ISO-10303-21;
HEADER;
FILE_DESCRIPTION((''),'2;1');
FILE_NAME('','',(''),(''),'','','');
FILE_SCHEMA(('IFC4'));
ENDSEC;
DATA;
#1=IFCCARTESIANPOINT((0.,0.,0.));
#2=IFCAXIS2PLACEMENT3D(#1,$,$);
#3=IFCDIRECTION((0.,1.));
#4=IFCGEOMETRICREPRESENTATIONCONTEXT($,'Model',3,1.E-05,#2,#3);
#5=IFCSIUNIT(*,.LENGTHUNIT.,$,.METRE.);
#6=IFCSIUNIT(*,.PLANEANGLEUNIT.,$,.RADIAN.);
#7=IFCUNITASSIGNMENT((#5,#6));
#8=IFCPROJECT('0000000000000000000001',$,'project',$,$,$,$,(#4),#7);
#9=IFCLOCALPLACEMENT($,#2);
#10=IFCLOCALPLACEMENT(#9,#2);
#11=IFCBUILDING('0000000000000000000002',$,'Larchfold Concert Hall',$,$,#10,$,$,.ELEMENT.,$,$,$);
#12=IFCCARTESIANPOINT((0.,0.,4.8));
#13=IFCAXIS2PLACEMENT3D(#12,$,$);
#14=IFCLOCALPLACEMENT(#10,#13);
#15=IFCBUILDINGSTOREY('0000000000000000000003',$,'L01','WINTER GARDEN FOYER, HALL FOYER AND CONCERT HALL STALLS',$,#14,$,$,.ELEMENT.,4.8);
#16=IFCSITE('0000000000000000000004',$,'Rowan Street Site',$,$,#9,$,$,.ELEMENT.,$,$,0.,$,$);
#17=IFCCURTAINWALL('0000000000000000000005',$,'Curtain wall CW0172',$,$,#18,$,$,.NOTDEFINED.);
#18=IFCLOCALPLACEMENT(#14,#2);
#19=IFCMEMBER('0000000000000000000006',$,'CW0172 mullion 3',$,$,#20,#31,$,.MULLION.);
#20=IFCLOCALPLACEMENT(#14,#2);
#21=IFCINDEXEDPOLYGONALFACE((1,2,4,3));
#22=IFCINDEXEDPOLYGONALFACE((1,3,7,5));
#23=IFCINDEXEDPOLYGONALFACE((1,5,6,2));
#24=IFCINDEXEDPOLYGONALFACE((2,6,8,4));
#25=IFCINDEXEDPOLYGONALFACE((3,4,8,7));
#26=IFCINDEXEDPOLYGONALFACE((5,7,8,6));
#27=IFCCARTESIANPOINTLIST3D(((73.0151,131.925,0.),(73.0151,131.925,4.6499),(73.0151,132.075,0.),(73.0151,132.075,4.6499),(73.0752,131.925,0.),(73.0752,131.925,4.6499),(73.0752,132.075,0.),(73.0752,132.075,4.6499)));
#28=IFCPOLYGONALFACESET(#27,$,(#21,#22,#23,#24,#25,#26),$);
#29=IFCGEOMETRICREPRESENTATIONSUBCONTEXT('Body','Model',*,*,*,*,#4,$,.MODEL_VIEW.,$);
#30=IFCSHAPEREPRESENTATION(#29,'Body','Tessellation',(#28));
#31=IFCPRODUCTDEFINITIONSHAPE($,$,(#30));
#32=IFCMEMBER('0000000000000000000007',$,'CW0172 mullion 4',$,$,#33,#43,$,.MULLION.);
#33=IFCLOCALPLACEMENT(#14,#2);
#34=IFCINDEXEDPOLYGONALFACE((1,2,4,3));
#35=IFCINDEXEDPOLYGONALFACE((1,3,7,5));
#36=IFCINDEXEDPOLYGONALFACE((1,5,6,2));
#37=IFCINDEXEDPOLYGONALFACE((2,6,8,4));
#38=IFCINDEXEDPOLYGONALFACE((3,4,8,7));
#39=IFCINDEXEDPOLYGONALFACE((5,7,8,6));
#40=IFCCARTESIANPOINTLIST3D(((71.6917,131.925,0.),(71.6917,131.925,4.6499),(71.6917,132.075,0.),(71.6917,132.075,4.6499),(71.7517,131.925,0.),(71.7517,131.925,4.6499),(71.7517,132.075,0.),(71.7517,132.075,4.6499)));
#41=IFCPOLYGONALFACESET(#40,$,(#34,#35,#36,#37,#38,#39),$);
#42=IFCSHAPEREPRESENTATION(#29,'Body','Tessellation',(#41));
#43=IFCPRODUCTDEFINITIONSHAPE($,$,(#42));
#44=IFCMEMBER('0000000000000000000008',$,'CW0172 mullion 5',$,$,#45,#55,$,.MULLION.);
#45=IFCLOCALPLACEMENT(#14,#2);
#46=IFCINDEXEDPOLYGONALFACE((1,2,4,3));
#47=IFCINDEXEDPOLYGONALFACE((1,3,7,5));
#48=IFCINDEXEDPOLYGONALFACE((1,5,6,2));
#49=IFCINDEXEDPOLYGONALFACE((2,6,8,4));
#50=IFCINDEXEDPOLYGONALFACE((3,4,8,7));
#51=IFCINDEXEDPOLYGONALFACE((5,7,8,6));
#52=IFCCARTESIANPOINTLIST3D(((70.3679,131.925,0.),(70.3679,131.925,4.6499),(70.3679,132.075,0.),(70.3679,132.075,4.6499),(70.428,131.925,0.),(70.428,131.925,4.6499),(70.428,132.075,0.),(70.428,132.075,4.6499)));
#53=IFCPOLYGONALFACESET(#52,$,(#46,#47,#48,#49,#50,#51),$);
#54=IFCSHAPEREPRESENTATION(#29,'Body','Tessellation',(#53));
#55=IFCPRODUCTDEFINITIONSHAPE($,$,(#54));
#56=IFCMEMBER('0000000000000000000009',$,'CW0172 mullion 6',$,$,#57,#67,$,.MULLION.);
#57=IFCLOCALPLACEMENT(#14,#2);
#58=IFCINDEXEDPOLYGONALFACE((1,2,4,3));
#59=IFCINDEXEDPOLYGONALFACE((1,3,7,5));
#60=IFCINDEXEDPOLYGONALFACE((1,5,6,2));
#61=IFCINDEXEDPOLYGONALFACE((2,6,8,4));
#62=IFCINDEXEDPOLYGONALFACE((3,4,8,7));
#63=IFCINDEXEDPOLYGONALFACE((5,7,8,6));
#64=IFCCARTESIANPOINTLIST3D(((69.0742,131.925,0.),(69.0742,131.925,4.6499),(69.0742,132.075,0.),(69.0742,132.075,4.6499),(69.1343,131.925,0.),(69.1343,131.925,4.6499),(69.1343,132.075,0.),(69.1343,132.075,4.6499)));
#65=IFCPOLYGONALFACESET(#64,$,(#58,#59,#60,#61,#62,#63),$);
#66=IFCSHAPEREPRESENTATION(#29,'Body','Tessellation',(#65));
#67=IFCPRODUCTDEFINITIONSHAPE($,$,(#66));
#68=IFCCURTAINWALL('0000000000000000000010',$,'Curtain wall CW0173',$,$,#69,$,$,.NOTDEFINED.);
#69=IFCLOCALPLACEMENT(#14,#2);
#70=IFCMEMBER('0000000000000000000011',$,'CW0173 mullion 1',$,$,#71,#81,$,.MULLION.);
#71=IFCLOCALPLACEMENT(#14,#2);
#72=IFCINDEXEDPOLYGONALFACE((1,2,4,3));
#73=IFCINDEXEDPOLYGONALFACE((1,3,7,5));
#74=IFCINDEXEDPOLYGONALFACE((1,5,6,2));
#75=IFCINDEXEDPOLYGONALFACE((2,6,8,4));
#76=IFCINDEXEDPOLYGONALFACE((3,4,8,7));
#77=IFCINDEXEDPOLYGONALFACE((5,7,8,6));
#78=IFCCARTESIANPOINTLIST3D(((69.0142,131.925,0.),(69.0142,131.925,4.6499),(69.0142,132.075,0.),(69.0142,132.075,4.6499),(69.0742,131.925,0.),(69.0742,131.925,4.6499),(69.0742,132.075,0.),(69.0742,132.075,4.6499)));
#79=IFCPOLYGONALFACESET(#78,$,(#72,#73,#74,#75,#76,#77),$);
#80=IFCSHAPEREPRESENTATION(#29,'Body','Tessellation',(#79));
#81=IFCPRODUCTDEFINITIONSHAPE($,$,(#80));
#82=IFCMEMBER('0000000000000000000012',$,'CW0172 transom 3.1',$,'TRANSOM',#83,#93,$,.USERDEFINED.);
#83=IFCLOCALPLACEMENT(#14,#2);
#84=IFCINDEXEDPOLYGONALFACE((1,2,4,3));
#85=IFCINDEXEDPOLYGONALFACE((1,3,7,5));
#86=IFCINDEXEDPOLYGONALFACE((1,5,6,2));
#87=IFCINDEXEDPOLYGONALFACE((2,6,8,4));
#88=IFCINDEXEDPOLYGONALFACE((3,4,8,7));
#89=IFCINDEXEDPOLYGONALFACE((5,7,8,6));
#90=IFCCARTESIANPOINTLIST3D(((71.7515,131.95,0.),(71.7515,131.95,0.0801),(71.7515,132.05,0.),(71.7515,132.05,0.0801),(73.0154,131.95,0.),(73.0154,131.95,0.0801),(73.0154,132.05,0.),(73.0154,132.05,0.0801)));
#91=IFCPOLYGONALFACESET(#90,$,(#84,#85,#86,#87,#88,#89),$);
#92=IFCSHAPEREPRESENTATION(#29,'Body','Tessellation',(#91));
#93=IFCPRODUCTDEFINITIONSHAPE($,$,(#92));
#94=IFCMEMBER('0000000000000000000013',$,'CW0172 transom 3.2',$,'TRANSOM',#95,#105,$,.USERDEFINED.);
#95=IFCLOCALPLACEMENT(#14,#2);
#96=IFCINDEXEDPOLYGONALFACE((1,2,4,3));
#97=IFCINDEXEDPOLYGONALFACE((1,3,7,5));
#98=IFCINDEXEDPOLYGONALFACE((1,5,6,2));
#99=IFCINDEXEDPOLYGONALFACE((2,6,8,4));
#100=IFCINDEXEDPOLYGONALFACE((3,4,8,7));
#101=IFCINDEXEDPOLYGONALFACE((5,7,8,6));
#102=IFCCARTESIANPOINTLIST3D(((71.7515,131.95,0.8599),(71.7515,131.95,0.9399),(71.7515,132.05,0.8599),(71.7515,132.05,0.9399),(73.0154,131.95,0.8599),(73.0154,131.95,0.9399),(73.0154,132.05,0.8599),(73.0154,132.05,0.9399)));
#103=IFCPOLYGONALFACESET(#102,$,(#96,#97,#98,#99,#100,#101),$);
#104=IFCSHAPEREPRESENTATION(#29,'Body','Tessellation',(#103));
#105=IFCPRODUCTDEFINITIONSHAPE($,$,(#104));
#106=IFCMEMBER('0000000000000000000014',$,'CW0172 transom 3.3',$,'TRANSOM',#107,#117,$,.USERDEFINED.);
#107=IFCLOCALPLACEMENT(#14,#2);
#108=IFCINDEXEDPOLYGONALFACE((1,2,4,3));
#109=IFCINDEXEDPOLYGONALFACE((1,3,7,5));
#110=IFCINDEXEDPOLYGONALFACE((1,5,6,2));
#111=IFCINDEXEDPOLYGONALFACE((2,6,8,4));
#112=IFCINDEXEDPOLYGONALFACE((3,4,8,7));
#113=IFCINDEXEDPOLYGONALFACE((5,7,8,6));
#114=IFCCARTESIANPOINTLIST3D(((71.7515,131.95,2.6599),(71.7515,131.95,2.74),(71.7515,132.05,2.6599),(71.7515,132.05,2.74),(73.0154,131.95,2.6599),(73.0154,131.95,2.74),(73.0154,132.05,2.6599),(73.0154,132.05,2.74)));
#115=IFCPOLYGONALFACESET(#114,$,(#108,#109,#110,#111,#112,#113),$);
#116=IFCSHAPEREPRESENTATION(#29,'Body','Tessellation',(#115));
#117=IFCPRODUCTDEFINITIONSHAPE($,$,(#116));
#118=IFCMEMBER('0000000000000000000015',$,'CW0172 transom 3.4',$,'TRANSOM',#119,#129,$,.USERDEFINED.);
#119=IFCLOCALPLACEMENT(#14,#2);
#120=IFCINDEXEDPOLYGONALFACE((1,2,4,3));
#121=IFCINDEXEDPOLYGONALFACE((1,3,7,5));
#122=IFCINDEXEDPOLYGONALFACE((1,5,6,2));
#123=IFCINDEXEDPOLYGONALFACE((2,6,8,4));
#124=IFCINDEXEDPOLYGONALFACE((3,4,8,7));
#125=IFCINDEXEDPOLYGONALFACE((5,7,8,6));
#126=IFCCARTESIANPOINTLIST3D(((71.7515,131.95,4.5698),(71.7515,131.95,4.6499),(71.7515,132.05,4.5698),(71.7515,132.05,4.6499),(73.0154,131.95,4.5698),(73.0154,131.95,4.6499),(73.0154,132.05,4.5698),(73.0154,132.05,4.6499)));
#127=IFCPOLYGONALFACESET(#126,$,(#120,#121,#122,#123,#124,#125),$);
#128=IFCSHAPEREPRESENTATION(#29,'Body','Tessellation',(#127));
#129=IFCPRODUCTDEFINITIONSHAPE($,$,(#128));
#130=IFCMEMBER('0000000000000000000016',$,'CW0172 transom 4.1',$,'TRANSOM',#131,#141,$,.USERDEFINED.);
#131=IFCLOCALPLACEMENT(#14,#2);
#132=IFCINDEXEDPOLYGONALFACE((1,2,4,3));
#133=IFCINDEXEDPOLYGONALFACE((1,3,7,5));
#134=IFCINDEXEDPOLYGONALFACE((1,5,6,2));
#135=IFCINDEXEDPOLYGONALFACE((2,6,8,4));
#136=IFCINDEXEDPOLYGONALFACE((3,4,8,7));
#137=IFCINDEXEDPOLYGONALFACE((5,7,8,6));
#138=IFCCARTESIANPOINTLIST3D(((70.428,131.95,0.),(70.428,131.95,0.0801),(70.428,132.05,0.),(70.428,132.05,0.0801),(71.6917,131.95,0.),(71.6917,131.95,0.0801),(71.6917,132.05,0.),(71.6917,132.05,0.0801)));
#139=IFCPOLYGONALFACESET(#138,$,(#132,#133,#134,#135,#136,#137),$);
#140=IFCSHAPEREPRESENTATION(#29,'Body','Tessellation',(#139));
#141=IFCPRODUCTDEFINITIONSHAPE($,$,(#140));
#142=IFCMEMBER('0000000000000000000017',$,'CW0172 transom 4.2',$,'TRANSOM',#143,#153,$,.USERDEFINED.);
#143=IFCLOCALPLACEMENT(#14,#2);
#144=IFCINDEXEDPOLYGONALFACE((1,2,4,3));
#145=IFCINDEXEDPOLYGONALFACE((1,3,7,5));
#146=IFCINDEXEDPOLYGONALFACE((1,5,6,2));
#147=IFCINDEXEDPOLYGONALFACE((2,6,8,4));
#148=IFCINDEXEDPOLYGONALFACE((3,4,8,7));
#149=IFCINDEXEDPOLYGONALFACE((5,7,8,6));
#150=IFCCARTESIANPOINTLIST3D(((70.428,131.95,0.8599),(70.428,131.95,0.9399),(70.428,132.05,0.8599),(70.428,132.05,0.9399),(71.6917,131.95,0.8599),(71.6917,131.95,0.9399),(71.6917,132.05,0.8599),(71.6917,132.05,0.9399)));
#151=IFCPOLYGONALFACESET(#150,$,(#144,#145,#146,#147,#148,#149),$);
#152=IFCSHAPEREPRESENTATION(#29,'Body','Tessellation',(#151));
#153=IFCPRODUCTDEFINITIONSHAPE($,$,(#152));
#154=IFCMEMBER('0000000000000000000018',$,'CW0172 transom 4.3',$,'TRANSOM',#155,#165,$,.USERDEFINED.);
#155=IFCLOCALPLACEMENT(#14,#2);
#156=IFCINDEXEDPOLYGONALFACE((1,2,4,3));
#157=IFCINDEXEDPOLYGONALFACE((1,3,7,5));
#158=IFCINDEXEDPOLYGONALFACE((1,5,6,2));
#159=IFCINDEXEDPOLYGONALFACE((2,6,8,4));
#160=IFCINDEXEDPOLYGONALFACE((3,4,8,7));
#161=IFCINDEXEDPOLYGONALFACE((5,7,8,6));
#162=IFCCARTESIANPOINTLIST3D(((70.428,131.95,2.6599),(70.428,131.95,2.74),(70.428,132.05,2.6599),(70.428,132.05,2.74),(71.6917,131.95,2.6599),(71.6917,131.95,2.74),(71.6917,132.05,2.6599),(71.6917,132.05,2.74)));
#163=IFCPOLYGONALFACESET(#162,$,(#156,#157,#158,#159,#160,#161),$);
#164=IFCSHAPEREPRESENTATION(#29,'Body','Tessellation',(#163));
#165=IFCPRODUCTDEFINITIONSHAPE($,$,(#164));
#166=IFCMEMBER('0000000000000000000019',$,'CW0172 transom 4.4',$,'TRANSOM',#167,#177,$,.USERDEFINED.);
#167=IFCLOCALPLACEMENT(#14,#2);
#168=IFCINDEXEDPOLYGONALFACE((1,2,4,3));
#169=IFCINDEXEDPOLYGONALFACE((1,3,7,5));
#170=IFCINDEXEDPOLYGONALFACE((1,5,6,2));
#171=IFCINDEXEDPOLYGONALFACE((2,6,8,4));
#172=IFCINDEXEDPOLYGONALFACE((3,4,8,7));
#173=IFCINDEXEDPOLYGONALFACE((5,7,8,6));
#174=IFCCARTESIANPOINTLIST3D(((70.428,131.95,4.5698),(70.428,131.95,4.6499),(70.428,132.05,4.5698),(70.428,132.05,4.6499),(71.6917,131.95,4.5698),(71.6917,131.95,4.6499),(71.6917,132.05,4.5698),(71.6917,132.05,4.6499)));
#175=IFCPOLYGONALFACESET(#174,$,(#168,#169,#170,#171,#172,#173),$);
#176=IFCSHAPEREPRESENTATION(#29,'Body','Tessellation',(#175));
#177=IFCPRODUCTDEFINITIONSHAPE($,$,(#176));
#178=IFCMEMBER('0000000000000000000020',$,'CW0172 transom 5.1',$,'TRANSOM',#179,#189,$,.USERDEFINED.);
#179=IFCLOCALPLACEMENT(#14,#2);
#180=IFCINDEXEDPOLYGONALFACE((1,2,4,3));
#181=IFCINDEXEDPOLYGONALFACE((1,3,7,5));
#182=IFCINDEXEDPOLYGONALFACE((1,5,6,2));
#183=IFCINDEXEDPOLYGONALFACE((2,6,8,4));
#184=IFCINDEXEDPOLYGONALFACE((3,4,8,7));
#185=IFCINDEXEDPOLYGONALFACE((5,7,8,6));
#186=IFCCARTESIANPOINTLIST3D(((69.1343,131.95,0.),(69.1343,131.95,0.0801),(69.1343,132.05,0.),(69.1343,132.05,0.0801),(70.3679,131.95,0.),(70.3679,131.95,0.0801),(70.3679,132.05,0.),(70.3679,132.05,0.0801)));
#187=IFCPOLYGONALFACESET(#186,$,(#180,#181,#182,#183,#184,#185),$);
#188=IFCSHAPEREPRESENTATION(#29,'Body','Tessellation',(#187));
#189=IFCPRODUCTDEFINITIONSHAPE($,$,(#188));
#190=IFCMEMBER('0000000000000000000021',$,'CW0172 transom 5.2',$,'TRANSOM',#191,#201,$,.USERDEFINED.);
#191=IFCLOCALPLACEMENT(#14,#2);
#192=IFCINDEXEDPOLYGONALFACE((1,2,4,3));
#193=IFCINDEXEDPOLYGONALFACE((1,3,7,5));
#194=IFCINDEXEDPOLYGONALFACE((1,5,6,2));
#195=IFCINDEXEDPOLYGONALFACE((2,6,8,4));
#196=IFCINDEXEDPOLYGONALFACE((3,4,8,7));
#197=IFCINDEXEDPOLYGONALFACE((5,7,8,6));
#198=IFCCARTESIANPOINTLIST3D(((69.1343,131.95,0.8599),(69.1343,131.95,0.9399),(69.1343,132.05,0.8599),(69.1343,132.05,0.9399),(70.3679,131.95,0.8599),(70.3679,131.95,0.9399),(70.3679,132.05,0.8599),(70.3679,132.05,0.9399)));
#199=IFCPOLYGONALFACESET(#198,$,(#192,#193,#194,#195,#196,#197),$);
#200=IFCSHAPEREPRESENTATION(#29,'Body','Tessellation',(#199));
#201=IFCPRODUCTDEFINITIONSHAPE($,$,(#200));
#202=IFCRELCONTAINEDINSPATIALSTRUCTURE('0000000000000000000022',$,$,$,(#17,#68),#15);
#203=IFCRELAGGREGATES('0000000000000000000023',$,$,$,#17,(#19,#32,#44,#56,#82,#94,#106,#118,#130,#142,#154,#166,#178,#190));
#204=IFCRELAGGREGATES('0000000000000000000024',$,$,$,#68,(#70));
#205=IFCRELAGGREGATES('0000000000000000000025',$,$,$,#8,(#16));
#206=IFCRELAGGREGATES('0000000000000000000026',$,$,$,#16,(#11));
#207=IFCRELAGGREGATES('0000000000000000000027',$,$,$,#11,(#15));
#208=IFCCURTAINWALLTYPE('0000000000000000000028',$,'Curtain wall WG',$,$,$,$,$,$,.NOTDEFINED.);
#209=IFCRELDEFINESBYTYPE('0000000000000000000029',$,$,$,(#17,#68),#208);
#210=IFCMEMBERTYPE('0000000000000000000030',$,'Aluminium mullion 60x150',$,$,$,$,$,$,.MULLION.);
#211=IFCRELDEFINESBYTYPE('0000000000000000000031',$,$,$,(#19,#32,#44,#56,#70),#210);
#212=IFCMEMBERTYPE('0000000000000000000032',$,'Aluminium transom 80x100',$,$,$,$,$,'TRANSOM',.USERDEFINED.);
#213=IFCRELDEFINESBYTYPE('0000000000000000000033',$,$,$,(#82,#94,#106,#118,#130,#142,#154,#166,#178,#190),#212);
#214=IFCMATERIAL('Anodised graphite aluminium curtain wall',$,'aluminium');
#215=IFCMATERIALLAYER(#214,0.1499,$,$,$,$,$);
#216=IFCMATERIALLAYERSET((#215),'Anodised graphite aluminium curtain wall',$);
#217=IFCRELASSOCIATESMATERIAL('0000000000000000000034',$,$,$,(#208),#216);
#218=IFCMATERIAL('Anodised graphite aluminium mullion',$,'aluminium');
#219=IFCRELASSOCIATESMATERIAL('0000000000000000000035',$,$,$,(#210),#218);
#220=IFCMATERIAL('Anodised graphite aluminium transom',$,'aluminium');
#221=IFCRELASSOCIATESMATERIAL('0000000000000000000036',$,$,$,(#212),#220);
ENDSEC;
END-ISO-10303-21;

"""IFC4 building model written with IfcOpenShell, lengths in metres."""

from ifc_helpers import new_model, si_unit, direction, frame, origin, origin_2d, place, context, subcontext, project, spatial, rectangle, extrude, material, layer, layer_set, material_profile, profile_set, type_object, element, aggregate, save


model = new_model("IFC4")

# Units and contexts
model_context = context("Model", 3, precision=1e-05, world=origin(), true_north=direction((0.0, 1.0)))
body_context = subcontext(model_context, "Body", "Model", "MODEL_VIEW")
ifc_project = project(units=[si_unit("LENGTHUNIT", "METRE"), si_unit("PLANEANGLEUNIT", "RADIAN")], contexts=[model_context])

# Site, building, storey
site_placement = place(None, origin())
site = spatial("IfcSite", under=ifc_project, at=site_placement, Name="Rowan Street Site", CompositionType="ELEMENT", RefElevation=0.0)
building_placement = place(site_placement, origin())
building = spatial("IfcBuilding", under=site, at=building_placement, Name="Larchfold Concert Hall", CompositionType="ELEMENT")
storey_placement = place(building_placement, frame((0.0, 0.0, 4.8)))
storey = spatial("IfcBuildingStorey", under=building, at=storey_placement, Name="L01", Description="WINTER GARDEN FOYER, HALL FOYER AND CONCERT HALL STALLS", CompositionType="ELEMENT", Elevation=4.8)

# Curtain wall, members
ifc_material_1 = material(Name="Anodised graphite aluminium curtain wall", Category="aluminium")
ifc_layer_1 = layer(ifc_material_1, 0.1499)
ifc_layer_set_1 = layer_set([ifc_layer_1], Name="Anodised graphite aluminium curtain wall")
curtain_wall_type = type_object("IfcCurtainWallType", Name="Curtain wall WG", PredefinedType="NOTDEFINED", material=ifc_layer_set_1)
curtain_wall_1_placement = place(storey_placement, origin())
curtain_wall_1 = element("IfcCurtainWall", 1, at=curtain_wall_1_placement, inside=storey, type_object=curtain_wall_type, Name="Curtain wall CW0172", PredefinedType="NOTDEFINED")
ifc_material_2 = material(Name="Anodised graphite aluminium mullion", Category="aluminium")
ifc_material_profile_1 = material_profile(ifc_material_2, rectangle(XDim=0.1499, YDim=0.0601, at=origin_2d()))
ifc_profile_set_1 = profile_set([ifc_material_profile_1], Name="Anodised graphite aluminium mullion")
member_type_1 = type_object("IfcMemberType", Name="Aluminium mullion 60x150", PredefinedType="MULLION", material=ifc_profile_set_1)
member_1_placement = place(storey_placement, frame((73.0452, 132.0, 0.0), z_axis=(0.0, 0.0, 1.0), x_axis=(0.0, -1.0, 0.0)))
member_1 = element("IfcMember", 2, at=member_1_placement, type_object=member_type_1, Name="CW0172 mullion 3", PredefinedType="MULLION", context=body_context, shape_type="SweptSolid", body=[
    extrude(rectangle(XDim=0.1499, YDim=0.0601, at=origin_2d()), origin(), (0.0, 0.0, 1.0), 4.6499),
])
member_2_placement = place(storey_placement, frame((71.7217, 132.0, 0.0), z_axis=(0.0, 0.0, 1.0), x_axis=(0.0, -1.0, 0.0)))
member_2 = element("IfcMember", 3, at=member_2_placement, type_object=member_type_1, Name="CW0172 mullion 4", PredefinedType="MULLION", context=body_context, shape_type="SweptSolid", body=[
    extrude(rectangle(XDim=0.1499, YDim=0.0601, at=origin_2d()), origin(), (0.0, 0.0, 1.0), 4.6499),
])
member_3_placement = place(storey_placement, frame((70.3979, 132.0, 0.0), z_axis=(0.0, 0.0, 1.0), x_axis=(0.0, -1.0, 0.0)))
member_3 = element("IfcMember", 4, at=member_3_placement, type_object=member_type_1, Name="CW0172 mullion 5", PredefinedType="MULLION", context=body_context, shape_type="SweptSolid", body=[
    extrude(rectangle(XDim=0.1499, YDim=0.0601, at=origin_2d()), origin(), (0.0, 0.0, 1.0), 4.6499),
])
member_4_placement = place(storey_placement, frame((69.1042, 132.0, 0.0), z_axis=(0.0, 0.0, 1.0), x_axis=(0.0, -1.0, 0.0)))
member_4 = element("IfcMember", 5, at=member_4_placement, type_object=member_type_1, Name="CW0172 mullion 6", PredefinedType="MULLION", context=body_context, shape_type="SweptSolid", body=[
    extrude(rectangle(XDim=0.1499, YDim=0.0601, at=origin_2d()), origin(), (0.0, 0.0, 1.0), 4.6499),
])

# Curtain wall, member
curtain_wall_2_placement = place(storey_placement, origin())
curtain_wall_2 = element("IfcCurtainWall", 6, at=curtain_wall_2_placement, inside=storey, type_object=curtain_wall_type, Name="Curtain wall CW0173", PredefinedType="NOTDEFINED")
member_5_placement = place(storey_placement, frame((69.0442, 132.0, 0.0), z_axis=(0.0, 0.0, 1.0), x_axis=(0.0, -1.0, 0.0)))
member_5 = element("IfcMember", 7, at=member_5_placement, type_object=member_type_1, Name="CW0173 mullion 1", PredefinedType="MULLION", context=body_context, shape_type="SweptSolid", body=[
    extrude(rectangle(XDim=0.1499, YDim=0.0601, at=origin_2d()), origin(), (0.0, 0.0, 1.0), 4.6499),
])

# Members
ifc_material_3 = material(Name="Anodised graphite aluminium transom", Category="aluminium")
ifc_material_profile_2 = material_profile(ifc_material_3, rectangle(XDim=0.1001, YDim=0.0801, at=origin_2d()))
ifc_profile_set_2 = profile_set([ifc_material_profile_2], Name="Anodised graphite aluminium transom")
member_type_2 = type_object("IfcMemberType", Name="Aluminium transom 80x100", ElementType="TRANSOM", PredefinedType="USERDEFINED", material=ifc_profile_set_2)
member_6_placement = place(storey_placement, frame((73.0154, 132.0, 0.04), z_axis=(-1.0, 0.0, 0.0), x_axis=(0.0, -1.0, 0.0)))
member_6 = element("IfcMember", 8, at=member_6_placement, type_object=member_type_2, Name="CW0172 transom 3.1", ObjectType="TRANSOM", PredefinedType="USERDEFINED", context=body_context, shape_type="SweptSolid", body=[
    extrude(rectangle(XDim=0.1001, YDim=0.0801, at=origin_2d()), origin(), (0.0, 0.0, 1.0), 1.2639),
])
member_7_placement = place(storey_placement, frame((73.0154, 132.0, 0.8999), z_axis=(-1.0, 0.0, 0.0), x_axis=(0.0, -1.0, 0.0)))
member_7 = element("IfcMember", 9, at=member_7_placement, type_object=member_type_2, Name="CW0172 transom 3.2", ObjectType="TRANSOM", PredefinedType="USERDEFINED", context=body_context, shape_type="SweptSolid", body=[
    extrude(rectangle(XDim=0.1001, YDim=0.0801, at=origin_2d()), origin(), (0.0, 0.0, 1.0), 1.2639),
])
member_8_placement = place(storey_placement, frame((73.0154, 132.0, 2.7), z_axis=(-1.0, 0.0, 0.0), x_axis=(0.0, -1.0, 0.0)))
member_8 = element("IfcMember", 10, at=member_8_placement, type_object=member_type_2, Name="CW0172 transom 3.3", ObjectType="TRANSOM", PredefinedType="USERDEFINED", context=body_context, shape_type="SweptSolid", body=[
    extrude(rectangle(XDim=0.1001, YDim=0.0801, at=origin_2d()), origin(), (0.0, 0.0, 1.0), 1.2639),
])
member_9_placement = place(storey_placement, frame((73.0154, 132.0, 4.6099), z_axis=(-1.0, 0.0, 0.0), x_axis=(0.0, -1.0, 0.0)))
member_9 = element("IfcMember", 11, at=member_9_placement, type_object=member_type_2, Name="CW0172 transom 3.4", ObjectType="TRANSOM", PredefinedType="USERDEFINED", context=body_context, shape_type="SweptSolid", body=[
    extrude(rectangle(XDim=0.1001, YDim=0.0801, at=origin_2d()), origin(), (0.0, 0.0, 1.0), 1.2639),
])
member_10_placement = place(storey_placement, frame((71.6917, 132.0, 0.04), z_axis=(-1.0, 0.0, 0.0), x_axis=(0.0, -1.0, 0.0)))
member_10 = element("IfcMember", 12, at=member_10_placement, type_object=member_type_2, Name="CW0172 transom 4.1", ObjectType="TRANSOM", PredefinedType="USERDEFINED", context=body_context, shape_type="SweptSolid", body=[
    extrude(rectangle(XDim=0.1001, YDim=0.0801, at=origin_2d()), origin(), (0.0, 0.0, 1.0), 1.2637),
])
member_11_placement = place(storey_placement, frame((71.6917, 132.0, 0.8999), z_axis=(-1.0, 0.0, 0.0), x_axis=(0.0, -1.0, 0.0)))
member_11 = element("IfcMember", 13, at=member_11_placement, type_object=member_type_2, Name="CW0172 transom 4.2", ObjectType="TRANSOM", PredefinedType="USERDEFINED", context=body_context, shape_type="SweptSolid", body=[
    extrude(rectangle(XDim=0.1001, YDim=0.0801, at=origin_2d()), origin(), (0.0, 0.0, 1.0), 1.2637),
])
member_12_placement = place(storey_placement, frame((71.6917, 132.0, 2.7), z_axis=(-1.0, 0.0, 0.0), x_axis=(0.0, -1.0, 0.0)))
member_12 = element("IfcMember", 14, at=member_12_placement, type_object=member_type_2, Name="CW0172 transom 4.3", ObjectType="TRANSOM", PredefinedType="USERDEFINED", context=body_context, shape_type="SweptSolid", body=[
    extrude(rectangle(XDim=0.1001, YDim=0.0801, at=origin_2d()), origin(), (0.0, 0.0, 1.0), 1.2637),
])
member_13_placement = place(storey_placement, frame((71.6917, 132.0, 4.6099), z_axis=(-1.0, 0.0, 0.0), x_axis=(0.0, -1.0, 0.0)))
member_13 = element("IfcMember", 15, at=member_13_placement, type_object=member_type_2, Name="CW0172 transom 4.4", ObjectType="TRANSOM", PredefinedType="USERDEFINED", context=body_context, shape_type="SweptSolid", body=[
    extrude(rectangle(XDim=0.1001, YDim=0.0801, at=origin_2d()), origin(), (0.0, 0.0, 1.0), 1.2637),
])
member_14_placement = place(storey_placement, frame((70.3679, 132.0, 0.04), z_axis=(-1.0, 0.0, 0.0), x_axis=(0.0, -1.0, 0.0)))
member_14 = element("IfcMember", 16, at=member_14_placement, type_object=member_type_2, Name="CW0172 transom 5.1", ObjectType="TRANSOM", PredefinedType="USERDEFINED", context=body_context, shape_type="SweptSolid", body=[
    extrude(rectangle(XDim=0.1001, YDim=0.0801, at=origin_2d()), origin(), (0.0, 0.0, 1.0), 1.2336),
])
member_15_placement = place(storey_placement, frame((70.3679, 132.0, 0.8999), z_axis=(-1.0, 0.0, 0.0), x_axis=(0.0, -1.0, 0.0)))
member_15 = element("IfcMember", 17, at=member_15_placement, type_object=member_type_2, Name="CW0172 transom 5.2", ObjectType="TRANSOM", PredefinedType="USERDEFINED", context=body_context, shape_type="SweptSolid", body=[
    extrude(rectangle(XDim=0.1001, YDim=0.0801, at=origin_2d()), origin(), (0.0, 0.0, 1.0), 1.2336),
])

aggregate(curtain_wall_1, [member_1, member_2, member_3, member_4, member_6, member_7, member_8, member_9, member_10, member_11, member_12, member_13, member_14, member_15])
aggregate(curtain_wall_2, [member_5])

save(model, "model.ifc")
